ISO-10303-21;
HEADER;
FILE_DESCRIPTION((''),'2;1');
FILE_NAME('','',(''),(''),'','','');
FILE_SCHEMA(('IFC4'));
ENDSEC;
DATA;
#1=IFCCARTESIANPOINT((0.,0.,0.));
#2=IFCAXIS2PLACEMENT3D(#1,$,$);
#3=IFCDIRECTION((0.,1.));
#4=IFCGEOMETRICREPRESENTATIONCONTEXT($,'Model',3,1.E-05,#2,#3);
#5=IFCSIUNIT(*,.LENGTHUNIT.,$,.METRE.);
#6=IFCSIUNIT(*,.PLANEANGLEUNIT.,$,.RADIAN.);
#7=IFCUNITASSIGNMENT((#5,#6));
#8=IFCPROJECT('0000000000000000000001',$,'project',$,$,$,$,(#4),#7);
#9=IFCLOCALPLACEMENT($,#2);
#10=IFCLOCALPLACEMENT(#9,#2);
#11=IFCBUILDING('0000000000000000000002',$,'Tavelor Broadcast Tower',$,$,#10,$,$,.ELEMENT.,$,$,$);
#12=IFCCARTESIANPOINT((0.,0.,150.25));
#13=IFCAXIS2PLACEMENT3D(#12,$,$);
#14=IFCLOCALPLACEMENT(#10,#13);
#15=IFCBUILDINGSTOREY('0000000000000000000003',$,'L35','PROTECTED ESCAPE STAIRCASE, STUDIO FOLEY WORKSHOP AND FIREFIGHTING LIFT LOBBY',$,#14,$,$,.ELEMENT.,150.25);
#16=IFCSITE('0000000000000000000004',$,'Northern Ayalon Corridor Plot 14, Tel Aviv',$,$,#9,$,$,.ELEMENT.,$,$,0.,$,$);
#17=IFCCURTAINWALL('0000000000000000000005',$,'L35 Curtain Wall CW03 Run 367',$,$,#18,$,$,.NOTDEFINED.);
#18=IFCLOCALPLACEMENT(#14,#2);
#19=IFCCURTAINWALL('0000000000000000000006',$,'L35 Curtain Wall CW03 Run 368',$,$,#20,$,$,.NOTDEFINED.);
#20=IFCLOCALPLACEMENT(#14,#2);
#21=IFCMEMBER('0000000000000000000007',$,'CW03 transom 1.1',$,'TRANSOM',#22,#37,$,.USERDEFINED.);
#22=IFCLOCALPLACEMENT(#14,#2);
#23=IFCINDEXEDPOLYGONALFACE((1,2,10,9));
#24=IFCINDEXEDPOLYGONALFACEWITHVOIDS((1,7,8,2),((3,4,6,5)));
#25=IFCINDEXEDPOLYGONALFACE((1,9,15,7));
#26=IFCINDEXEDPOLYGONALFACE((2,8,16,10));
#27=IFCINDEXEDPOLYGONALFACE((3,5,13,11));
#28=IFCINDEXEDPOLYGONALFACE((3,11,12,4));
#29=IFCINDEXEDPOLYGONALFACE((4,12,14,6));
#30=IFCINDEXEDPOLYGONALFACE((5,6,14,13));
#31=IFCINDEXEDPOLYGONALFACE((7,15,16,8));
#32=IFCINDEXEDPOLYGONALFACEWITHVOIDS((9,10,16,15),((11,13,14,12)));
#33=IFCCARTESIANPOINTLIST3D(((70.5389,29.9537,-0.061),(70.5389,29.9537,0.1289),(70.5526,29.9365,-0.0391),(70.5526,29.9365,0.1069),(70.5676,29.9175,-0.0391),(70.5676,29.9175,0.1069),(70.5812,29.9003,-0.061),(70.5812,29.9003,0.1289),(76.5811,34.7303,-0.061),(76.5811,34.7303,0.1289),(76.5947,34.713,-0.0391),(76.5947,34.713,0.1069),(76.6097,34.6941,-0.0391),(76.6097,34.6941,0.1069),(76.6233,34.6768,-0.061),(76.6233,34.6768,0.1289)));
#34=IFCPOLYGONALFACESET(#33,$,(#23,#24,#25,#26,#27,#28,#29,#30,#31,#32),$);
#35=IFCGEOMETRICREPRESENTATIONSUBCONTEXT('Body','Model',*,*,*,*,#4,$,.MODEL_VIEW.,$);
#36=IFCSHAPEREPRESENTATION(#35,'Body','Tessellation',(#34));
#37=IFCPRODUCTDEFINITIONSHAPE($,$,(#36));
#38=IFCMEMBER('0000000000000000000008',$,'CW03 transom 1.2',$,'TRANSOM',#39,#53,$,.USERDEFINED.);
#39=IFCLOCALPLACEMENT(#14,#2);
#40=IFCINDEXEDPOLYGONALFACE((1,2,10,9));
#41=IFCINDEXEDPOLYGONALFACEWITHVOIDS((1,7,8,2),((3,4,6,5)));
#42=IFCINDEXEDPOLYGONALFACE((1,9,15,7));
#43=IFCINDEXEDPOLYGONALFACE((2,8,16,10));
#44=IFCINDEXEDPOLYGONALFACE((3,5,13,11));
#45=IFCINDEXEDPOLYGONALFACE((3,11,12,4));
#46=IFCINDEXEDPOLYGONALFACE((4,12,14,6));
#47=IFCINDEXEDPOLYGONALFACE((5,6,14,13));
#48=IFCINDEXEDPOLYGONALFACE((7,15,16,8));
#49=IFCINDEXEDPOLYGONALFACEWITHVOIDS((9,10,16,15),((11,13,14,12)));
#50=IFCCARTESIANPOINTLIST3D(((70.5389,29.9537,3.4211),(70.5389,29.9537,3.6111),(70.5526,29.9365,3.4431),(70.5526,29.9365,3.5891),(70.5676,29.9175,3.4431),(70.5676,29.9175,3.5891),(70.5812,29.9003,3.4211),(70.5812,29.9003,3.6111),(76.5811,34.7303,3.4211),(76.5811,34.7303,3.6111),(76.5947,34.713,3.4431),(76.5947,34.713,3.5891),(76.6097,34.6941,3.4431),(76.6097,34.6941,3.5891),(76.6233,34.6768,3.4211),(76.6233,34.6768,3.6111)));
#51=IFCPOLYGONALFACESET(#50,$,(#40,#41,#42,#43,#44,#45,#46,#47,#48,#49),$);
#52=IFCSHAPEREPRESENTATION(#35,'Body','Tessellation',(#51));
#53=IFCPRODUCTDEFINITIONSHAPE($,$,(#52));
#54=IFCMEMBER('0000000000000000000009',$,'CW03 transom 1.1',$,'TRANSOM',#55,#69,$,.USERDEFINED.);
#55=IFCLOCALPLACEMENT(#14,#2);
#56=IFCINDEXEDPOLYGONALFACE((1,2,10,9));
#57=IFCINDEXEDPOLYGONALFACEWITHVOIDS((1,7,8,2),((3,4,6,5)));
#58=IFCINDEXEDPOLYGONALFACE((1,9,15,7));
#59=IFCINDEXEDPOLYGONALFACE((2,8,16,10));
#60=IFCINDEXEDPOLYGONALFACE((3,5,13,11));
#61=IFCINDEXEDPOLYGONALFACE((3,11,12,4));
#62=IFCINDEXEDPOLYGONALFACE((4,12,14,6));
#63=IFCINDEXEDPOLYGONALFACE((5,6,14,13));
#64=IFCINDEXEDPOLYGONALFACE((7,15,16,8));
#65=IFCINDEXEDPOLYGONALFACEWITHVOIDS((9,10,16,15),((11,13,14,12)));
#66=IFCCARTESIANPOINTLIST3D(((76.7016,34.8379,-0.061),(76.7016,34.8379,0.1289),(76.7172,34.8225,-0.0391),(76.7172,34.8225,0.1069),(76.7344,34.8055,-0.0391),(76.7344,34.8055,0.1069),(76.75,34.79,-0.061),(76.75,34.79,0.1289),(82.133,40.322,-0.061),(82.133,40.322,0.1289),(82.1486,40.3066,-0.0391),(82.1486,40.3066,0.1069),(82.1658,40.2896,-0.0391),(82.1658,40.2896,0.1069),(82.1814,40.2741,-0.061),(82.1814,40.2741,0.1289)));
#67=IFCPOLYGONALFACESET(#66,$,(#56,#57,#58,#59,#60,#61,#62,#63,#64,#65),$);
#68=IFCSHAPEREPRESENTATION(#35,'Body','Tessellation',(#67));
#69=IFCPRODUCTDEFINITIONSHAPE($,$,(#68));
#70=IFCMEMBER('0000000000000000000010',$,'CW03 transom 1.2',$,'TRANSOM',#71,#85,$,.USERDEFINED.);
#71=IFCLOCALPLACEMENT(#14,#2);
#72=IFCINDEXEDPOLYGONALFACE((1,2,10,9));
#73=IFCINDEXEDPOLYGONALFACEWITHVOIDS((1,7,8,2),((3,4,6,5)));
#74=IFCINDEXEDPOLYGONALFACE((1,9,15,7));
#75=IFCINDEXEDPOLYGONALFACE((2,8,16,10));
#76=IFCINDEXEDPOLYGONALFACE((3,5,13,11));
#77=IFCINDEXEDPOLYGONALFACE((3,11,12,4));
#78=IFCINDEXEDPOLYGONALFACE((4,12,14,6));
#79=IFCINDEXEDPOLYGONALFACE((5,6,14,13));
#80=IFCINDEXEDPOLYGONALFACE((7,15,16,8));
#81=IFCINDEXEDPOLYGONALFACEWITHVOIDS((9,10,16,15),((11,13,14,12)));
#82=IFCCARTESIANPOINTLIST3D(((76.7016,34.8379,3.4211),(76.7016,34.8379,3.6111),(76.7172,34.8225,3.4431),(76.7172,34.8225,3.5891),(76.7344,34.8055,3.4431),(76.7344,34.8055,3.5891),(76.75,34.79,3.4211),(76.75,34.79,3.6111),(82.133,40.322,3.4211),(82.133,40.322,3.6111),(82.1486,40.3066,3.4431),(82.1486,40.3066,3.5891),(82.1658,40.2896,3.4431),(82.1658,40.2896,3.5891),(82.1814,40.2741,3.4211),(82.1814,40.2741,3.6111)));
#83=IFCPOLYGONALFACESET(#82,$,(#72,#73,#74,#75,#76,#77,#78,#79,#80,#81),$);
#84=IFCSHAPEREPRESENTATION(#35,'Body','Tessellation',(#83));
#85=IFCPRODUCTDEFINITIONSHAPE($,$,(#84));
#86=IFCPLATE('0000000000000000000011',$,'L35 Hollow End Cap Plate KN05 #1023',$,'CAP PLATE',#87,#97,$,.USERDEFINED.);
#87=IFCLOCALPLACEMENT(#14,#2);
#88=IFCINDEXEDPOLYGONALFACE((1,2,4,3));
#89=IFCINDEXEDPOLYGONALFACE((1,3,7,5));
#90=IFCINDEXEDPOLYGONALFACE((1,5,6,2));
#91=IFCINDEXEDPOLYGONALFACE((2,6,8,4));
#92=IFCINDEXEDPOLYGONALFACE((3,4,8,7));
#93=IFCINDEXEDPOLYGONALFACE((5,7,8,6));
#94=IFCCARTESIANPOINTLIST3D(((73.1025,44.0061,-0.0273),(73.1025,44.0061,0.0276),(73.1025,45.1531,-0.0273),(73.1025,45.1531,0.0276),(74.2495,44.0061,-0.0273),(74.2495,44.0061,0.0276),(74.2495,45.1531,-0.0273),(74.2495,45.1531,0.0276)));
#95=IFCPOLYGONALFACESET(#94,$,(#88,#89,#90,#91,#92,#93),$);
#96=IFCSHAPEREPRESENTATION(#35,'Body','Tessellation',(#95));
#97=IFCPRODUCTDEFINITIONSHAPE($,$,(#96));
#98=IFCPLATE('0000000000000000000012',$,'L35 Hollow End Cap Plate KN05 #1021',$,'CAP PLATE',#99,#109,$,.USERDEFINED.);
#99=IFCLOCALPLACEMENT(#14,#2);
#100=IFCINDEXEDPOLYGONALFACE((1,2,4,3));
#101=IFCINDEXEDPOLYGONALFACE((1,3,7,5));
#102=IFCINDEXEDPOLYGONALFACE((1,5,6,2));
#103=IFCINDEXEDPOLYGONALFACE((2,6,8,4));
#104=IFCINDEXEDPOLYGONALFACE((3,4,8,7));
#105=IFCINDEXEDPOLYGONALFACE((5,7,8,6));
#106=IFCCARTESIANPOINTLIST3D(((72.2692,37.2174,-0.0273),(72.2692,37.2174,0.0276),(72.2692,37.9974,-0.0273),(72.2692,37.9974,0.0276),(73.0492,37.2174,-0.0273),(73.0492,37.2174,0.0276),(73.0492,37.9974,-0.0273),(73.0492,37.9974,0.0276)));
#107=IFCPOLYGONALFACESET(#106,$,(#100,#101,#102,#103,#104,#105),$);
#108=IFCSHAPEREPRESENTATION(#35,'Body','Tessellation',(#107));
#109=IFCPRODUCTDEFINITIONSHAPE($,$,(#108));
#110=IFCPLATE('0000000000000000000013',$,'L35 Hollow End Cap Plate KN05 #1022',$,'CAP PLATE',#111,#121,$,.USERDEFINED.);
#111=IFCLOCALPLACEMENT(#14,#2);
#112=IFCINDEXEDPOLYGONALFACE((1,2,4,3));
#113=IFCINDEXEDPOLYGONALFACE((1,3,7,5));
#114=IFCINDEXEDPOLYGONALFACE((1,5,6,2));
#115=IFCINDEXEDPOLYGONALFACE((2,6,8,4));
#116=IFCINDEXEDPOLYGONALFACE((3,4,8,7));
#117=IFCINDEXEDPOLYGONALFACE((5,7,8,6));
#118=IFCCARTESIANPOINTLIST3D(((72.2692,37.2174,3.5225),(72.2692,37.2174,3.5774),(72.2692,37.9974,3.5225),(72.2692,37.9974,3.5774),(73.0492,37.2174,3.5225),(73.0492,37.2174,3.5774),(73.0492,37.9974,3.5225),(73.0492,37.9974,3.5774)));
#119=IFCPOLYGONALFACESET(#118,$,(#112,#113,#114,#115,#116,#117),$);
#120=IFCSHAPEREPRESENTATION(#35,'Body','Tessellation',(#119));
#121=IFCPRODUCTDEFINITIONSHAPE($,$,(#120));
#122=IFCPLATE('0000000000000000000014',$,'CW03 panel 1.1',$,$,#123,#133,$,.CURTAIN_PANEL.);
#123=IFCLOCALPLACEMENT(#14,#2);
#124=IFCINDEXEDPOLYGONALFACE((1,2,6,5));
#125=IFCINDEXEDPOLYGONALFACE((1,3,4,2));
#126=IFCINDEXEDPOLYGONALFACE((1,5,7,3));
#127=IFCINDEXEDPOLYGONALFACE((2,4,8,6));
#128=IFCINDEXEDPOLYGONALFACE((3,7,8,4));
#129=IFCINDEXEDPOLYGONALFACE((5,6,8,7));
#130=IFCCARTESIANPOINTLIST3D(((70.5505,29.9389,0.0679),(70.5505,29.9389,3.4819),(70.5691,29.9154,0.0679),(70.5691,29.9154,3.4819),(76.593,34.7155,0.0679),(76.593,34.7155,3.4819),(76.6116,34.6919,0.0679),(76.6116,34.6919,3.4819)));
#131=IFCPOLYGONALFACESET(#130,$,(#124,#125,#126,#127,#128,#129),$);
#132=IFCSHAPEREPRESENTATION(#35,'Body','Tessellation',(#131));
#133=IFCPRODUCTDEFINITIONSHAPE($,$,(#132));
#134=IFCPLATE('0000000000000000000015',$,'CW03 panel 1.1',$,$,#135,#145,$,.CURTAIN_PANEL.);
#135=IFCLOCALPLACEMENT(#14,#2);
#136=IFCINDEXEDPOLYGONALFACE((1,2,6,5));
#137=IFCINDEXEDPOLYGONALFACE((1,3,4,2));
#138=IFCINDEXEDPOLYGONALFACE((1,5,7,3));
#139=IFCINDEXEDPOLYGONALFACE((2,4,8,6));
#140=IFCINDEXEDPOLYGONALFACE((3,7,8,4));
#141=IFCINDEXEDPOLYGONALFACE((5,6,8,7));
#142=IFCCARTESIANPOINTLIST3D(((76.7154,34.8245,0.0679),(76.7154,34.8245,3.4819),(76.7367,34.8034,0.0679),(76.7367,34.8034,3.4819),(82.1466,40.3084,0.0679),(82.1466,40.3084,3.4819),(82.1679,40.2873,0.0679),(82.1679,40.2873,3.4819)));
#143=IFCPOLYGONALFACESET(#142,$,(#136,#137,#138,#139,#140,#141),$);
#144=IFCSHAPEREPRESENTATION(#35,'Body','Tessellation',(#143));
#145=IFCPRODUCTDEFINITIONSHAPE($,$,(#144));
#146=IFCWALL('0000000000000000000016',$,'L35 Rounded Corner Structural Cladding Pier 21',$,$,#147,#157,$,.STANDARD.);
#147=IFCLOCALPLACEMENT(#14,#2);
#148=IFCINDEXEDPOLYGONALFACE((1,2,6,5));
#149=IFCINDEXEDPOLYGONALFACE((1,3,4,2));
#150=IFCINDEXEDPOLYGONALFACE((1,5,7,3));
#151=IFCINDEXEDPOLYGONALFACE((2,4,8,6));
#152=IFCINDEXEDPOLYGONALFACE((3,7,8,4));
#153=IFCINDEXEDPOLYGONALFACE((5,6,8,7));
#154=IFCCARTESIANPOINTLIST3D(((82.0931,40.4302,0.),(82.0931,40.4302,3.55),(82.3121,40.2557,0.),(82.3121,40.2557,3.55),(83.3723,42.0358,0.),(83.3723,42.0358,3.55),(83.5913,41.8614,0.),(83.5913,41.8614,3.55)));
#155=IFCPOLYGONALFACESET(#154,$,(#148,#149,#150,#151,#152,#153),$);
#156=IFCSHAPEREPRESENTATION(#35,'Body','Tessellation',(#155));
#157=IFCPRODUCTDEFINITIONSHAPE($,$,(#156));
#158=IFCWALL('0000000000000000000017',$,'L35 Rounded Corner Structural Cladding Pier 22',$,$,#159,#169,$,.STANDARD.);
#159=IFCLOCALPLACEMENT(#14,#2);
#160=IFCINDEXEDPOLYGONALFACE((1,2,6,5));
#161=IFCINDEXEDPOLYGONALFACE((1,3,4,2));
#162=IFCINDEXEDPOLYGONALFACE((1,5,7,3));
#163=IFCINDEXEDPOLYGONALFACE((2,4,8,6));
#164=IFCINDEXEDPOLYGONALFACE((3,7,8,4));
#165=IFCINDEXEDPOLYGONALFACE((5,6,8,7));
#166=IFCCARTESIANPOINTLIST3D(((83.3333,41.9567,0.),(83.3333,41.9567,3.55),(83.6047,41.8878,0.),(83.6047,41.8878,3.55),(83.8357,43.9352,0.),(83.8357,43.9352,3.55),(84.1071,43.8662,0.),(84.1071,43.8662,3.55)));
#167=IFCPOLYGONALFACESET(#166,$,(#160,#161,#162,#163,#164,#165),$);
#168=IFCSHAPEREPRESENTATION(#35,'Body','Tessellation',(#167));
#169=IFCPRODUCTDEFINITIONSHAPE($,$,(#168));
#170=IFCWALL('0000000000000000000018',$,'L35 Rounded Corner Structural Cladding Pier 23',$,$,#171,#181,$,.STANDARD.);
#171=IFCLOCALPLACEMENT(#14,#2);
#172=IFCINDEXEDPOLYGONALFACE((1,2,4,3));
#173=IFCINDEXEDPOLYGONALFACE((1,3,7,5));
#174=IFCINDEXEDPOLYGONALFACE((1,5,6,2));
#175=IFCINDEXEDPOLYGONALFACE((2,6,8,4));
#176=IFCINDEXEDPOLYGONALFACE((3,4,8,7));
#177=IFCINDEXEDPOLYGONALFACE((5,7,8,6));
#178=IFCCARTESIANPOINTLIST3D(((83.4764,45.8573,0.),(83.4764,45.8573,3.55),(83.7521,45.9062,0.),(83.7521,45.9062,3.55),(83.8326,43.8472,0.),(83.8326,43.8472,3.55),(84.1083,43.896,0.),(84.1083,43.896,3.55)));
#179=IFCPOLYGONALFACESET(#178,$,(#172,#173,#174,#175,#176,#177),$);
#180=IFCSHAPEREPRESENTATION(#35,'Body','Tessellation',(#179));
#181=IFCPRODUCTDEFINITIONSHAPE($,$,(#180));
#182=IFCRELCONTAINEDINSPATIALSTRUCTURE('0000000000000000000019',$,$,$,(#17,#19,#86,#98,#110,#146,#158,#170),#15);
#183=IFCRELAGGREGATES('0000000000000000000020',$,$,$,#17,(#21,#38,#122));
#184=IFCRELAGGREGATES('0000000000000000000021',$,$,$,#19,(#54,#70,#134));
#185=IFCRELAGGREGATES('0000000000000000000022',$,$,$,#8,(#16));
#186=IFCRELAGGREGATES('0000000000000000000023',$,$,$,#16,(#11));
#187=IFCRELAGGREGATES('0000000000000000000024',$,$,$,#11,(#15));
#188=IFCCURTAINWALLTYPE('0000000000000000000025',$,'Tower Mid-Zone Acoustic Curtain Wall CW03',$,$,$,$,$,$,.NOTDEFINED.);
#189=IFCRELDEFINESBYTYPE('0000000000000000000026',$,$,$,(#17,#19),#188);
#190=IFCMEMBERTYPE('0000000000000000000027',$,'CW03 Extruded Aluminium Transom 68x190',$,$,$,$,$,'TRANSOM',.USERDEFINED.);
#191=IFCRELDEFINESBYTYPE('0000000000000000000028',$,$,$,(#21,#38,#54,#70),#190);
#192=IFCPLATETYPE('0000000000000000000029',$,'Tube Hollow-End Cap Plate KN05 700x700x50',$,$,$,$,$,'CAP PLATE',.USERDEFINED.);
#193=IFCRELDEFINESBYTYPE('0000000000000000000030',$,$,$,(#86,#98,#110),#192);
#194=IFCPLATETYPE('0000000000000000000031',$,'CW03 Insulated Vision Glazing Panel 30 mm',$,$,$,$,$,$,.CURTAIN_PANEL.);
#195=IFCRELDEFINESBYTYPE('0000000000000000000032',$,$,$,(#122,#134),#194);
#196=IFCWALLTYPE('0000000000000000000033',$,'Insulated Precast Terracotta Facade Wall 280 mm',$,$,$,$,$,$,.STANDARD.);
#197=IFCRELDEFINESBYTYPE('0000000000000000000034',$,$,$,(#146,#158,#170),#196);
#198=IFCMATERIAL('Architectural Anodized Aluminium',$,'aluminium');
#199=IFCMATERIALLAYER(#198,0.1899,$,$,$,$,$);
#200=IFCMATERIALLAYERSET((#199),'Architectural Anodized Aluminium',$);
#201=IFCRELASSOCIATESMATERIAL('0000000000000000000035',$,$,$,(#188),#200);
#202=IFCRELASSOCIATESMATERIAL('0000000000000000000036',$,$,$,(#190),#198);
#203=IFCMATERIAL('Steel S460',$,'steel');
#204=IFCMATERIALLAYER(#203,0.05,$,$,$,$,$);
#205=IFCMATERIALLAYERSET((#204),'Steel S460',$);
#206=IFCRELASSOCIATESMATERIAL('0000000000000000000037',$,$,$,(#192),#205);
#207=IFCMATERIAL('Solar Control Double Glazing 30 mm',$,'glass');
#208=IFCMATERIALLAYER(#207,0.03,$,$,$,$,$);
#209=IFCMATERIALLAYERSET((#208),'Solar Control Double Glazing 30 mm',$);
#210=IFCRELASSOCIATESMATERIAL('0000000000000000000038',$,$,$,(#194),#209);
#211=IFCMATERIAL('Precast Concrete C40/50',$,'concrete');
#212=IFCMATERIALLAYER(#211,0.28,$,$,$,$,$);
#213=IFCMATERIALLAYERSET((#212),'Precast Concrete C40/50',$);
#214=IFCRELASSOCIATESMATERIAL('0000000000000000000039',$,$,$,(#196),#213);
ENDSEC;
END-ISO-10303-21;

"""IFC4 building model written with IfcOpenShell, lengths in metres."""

from ifc_helpers import new_model, si_unit, direction, frame, frame_2d, origin, origin_2d, place, context, subcontext, project, spatial, rectangle, hollow_rectangle, extrude, source, transform, mapped, material, layer, layer_set, material_profile, profile_set, type_object, type_shapes, element, aggregate, save


model = new_model("IFC4")

# Units and contexts
model_context = context("Model", 3, precision=1e-05, world=origin(), true_north=direction((0.0, 1.0)))
body_context = subcontext(model_context, "Body", "Model", "MODEL_VIEW")
ifc_project = project(units=[si_unit("LENGTHUNIT", "METRE"), si_unit("PLANEANGLEUNIT", "RADIAN")], contexts=[model_context])

# Site, building, storey
site_placement = place(None, origin())
site = spatial("IfcSite", under=ifc_project, at=site_placement, Name="Northern Ayalon Corridor Plot 14, Tel Aviv", CompositionType="ELEMENT", RefElevation=0.0)
building_placement = place(site_placement, origin())
building = spatial("IfcBuilding", under=site, at=building_placement, Name="Tavelor Broadcast Tower", CompositionType="ELEMENT")
storey_placement = place(building_placement, frame((0.0, 0.0, 150.25)))
storey = spatial("IfcBuildingStorey", under=building, at=storey_placement, Name="L35", Description="PROTECTED ESCAPE STAIRCASE, STUDIO FOLEY WORKSHOP AND FIREFIGHTING LIFT LOBBY", CompositionType="ELEMENT", Elevation=150.25)

# Shared definitions
ifc_material_1 = material(Name="Steel S460", Category="steel")

# Curtain wall
ifc_material_2 = material(Name="Architectural Anodized Aluminium", Category="aluminium")
ifc_layer_1 = layer(ifc_material_2, 0.1899)
ifc_layer_set_1 = layer_set([ifc_layer_1], Name="Architectural Anodized Aluminium")
curtain_wall_type = type_object("IfcCurtainWallType", Name="Tower Mid-Zone Acoustic Curtain Wall CW03", PredefinedType="NOTDEFINED", material=ifc_layer_set_1)
curtain_wall_1_placement = place(storey_placement, origin())
curtain_wall_1 = element("IfcCurtainWall", 1, at=curtain_wall_1_placement, inside=storey, type_object=curtain_wall_type, Name="L35 Curtain Wall CW03 Run 367", PredefinedType="NOTDEFINED")

# Curtain wall
curtain_wall_2_placement = place(storey_placement, origin())
curtain_wall_2 = element("IfcCurtainWall", 2, at=curtain_wall_2_placement, inside=storey, type_object=curtain_wall_type, Name="L35 Curtain Wall CW03 Run 368", PredefinedType="NOTDEFINED")

# Members
ifc_material_profile_1 = material_profile(ifc_material_2, hollow_rectangle(XDim=0.0681, YDim=0.1899, WallThickness=0.022, at=origin_2d()), Name="RHS 68x190x22")
ifc_profile_set_1 = profile_set([ifc_material_profile_1], Name="Architectural Anodized Aluminium")
member_type_1 = type_object("IfcMemberType", Name="CW03 Extruded Aluminium Transom 68x190", ElementType="TRANSOM", PredefinedType="USERDEFINED", material=ifc_profile_set_1)
shared_shape_1 = source(origin(), body_context, "Body", "SweptSolid", [
    extrude(hollow_rectangle(XDim=0.0681, YDim=0.1899, WallThickness=0.022, at=origin_2d()), origin(), (0.0, 0.0, 1.0), 7.7021),
])
member_1_placement = place(storey_placement, frame((70.5601, 29.927, 0.0339), z_axis=(0.784477, 0.620158, 0.0), x_axis=(-0.620158, 0.784477, 0.0)))
member_1 = element("IfcMember", 3, at=member_1_placement, type_object=member_type_1, Name="CW03 transom 1.1", ObjectType="TRANSOM", PredefinedType="USERDEFINED", context=body_context, shape_type="MappedRepresentation", body=[
    mapped(shared_shape_1, transform((0.0, 0.0, 0.0), scale=1.0)),
])
member_2_placement = place(storey_placement, frame((70.5601, 29.927, 3.5161), z_axis=(0.784477, 0.620158, 0.0), x_axis=(-0.620158, 0.784477, 0.0)))
member_2 = element("IfcMember", 4, at=member_2_placement, type_object=member_type_1, Name="CW03 transom 1.2", ObjectType="TRANSOM", PredefinedType="USERDEFINED", context=body_context, shape_type="MappedRepresentation", body=[
    mapped(shared_shape_1, transform((0.0, 0.0, 0.0), scale=1.0)),
])
shared_shape_2 = source(origin(), body_context, "Body", "SweptSolid", [
    extrude(hollow_rectangle(XDim=0.0681, YDim=0.1899, WallThickness=0.022, at=origin_2d()), origin(), (0.0, 0.0, 1.0), 7.7185),
])
type_shapes(member_type_1, [shared_shape_1, shared_shape_2])
member_3_placement = place(storey_placement, frame((76.7258, 34.814, 0.0339), z_axis=(0.703682, 0.710515, 0.0), x_axis=(-0.710515, 0.703682, 0.0)))
member_3 = element("IfcMember", 5, at=member_3_placement, type_object=member_type_1, Name="CW03 transom 1.1", ObjectType="TRANSOM", PredefinedType="USERDEFINED", context=body_context, shape_type="MappedRepresentation", body=[
    mapped(shared_shape_2, transform((0.0, 0.0, 0.0), scale=1.0)),
])
member_4_placement = place(storey_placement, frame((76.7258, 34.814, 3.5161), z_axis=(0.703682, 0.710515, 0.0), x_axis=(-0.710515, 0.703682, 0.0)))
member_4 = element("IfcMember", 6, at=member_4_placement, type_object=member_type_1, Name="CW03 transom 1.2", ObjectType="TRANSOM", PredefinedType="USERDEFINED", context=body_context, shape_type="MappedRepresentation", body=[
    mapped(shared_shape_2, transform((0.0, 0.0, 0.0), scale=1.0)),
])

# Plates
ifc_layer_2 = layer(ifc_material_1, 0.05)
ifc_layer_set_2 = layer_set([ifc_layer_2], Name="Steel S460")
plate_type_1 = type_object("IfcPlateType", Name="Tube Hollow-End Cap Plate KN05 700x700x50", ElementType="CAP PLATE", PredefinedType="USERDEFINED", material=ifc_layer_set_2)
shared_shape_3 = source(origin(), body_context, "Body", "SweptSolid", [
    extrude(rectangle(XDim=1.147, YDim=1.147, at=origin_2d()), origin(), (0.0, 0.0, 1.0), 0.0549),
])
plate_1_placement = place(storey_placement, frame((73.676, 44.5796, -0.0273), z_axis=(0.0, 0.0, 1.0), x_axis=(1.0, 0.0, 0.0)))
element("IfcPlate", 7, at=plate_1_placement, inside=storey, type_object=plate_type_1, Name="L35 Hollow End Cap Plate KN05 #1023", ObjectType="CAP PLATE", PredefinedType="USERDEFINED", context=body_context, shape_type="MappedRepresentation", body=[
    mapped(shared_shape_3, transform((0.0, 0.0, 0.0), scale=1.0)),
])
shared_shape_4 = source(origin(), body_context, "Body", "SweptSolid", [
    extrude(rectangle(XDim=0.78, YDim=0.78, at=origin_2d()), origin(), (0.0, 0.0, 1.0), 0.0549),
])
type_shapes(plate_type_1, [shared_shape_3, shared_shape_4])
for number, where, z_axis, x_axis, name in (
    (8, (72.6592, 37.6074, -0.0273), (0.0, 0.0, 1.0), (1.0, 0.0, 0.0), "L35 Hollow End Cap Plate KN05 #1021"),
    (9, (72.6592, 37.6074, 3.5225), (0.0, 0.0, 1.0), (1.0, 0.0, 0.0), "L35 Hollow End Cap Plate KN05 #1022"),
):
    element("IfcPlate", number, at=place(storey_placement, frame(where, z_axis=z_axis, x_axis=x_axis)), inside=storey, type_object=plate_type_1, Name=name, ObjectType="CAP PLATE", PredefinedType="USERDEFINED", context=body_context, shape_type="MappedRepresentation", body=[
        mapped(shared_shape_4, transform((0.0, 0.0, 0.0), scale=1.0)),
    ])

# Plates
ifc_material_3 = material(Name="Solar Control Double Glazing 30 mm", Category="glass")
ifc_layer_3 = layer(ifc_material_3, 0.03)
ifc_layer_set_3 = layer_set([ifc_layer_3], Name="Solar Control Double Glazing 30 mm")
plate_type_2 = type_object("IfcPlateType", Name="CW03 Insulated Vision Glazing Panel 30 mm", PredefinedType="CURTAIN_PANEL", material=ifc_layer_set_3)
shared_shape_5 = source(origin(), body_context, "Body", "SweptSolid", [
    extrude(rectangle(XDim=7.7024, YDim=0.03, at=origin_2d()), origin(), (0.0, 0.0, 1.0), 3.4141),
])
plate_2_placement = place(storey_placement, frame((73.5811, 32.3154, 0.0679), z_axis=(0.0, 0.0, 1.0), x_axis=(0.784489, 0.620143, 0.0)))
plate_2 = element("IfcPlate", 10, at=plate_2_placement, type_object=plate_type_2, Name="CW03 panel 1.1", PredefinedType="CURTAIN_PANEL", context=body_context, shape_type="MappedRepresentation", body=[
    mapped(shared_shape_5, transform((0.0, 0.0, 0.0), scale=1.0)),
])
aggregate(curtain_wall_1, [member_1, member_2, plate_2])
shared_shape_6 = source(origin(), body_context, "Body", "SweptSolid", [
    extrude(rectangle(XDim=7.7183, YDim=0.03, at=origin_2d()), origin(), (0.0, 0.0, 1.0), 3.4141),
])
type_shapes(plate_type_2, [shared_shape_5, shared_shape_6])
plate_3_placement = place(storey_placement, frame((79.4417, 37.5559, 0.0679), z_axis=(0.0, 0.0, 1.0), x_axis=(0.703686, 0.710511, 0.0)))
plate_3 = element("IfcPlate", 11, at=plate_3_placement, type_object=plate_type_2, Name="CW03 panel 1.1", PredefinedType="CURTAIN_PANEL", context=body_context, shape_type="MappedRepresentation", body=[
    mapped(shared_shape_6, transform((0.0, 0.0, 0.0), scale=1.0)),
])
aggregate(curtain_wall_2, [member_3, member_4, plate_3])

# Walls
ifc_material_4 = material(Name="Precast Concrete C40/50", Category="concrete")
ifc_layer_4 = layer(ifc_material_4, 0.28)
ifc_layer_set_4 = layer_set([ifc_layer_4], Name="Precast Concrete C40/50")
wall_type_1 = type_object("IfcWallType", Name="Insulated Precast Terracotta Facade Wall 280 mm", PredefinedType="STANDARD", material=ifc_layer_set_4)
wall_1_placement = place(storey_placement, frame((82.2026, 40.343, 0.0), z_axis=(0.0, 0.0, 1.0), x_axis=(0.623128, 0.78212, 0.0)))
element("IfcWall", 12, at=wall_1_placement, inside=storey, type_object=wall_type_1, Name="L35 Rounded Corner Structural Cladding Pier 21", PredefinedType="STANDARD", context=body_context, shape_type="SweptSolid", body=[
    extrude(rectangle(XDim=2.053, YDim=0.28, at=frame_2d((1.0264, 0.0))), origin(), (0.0, 0.0, 1.0), 3.55),
])
wall_2_placement = place(storey_placement, frame((83.469, 41.9224, 0.0), z_axis=(0.0, 0.0, 1.0), x_axis=(0.246136, 0.969235, 0.0)))
element("IfcWall", 13, at=wall_2_placement, inside=storey, type_object=wall_type_1, Name="L35 Rounded Corner Structural Cladding Pier 22", PredefinedType="STANDARD", context=body_context, shape_type="SweptSolid", body=[
    extrude(rectangle(XDim=2.0413, YDim=0.28, at=frame_2d((1.0205, 0.0))), origin(), (0.0, 0.0, 1.0), 3.55),
])
wall_3_placement = place(storey_placement, frame((83.9705, 43.8716, 0.0), z_axis=(0.0, 0.0, 1.0), x_axis=(-0.174474, 0.984662, 0.0)))
element("IfcWall", 14, at=wall_3_placement, inside=storey, type_object=wall_type_1, Name="L35 Rounded Corner Structural Cladding Pier 23", PredefinedType="STANDARD", context=body_context, shape_type="SweptSolid", body=[
    extrude(rectangle(XDim=2.0415, YDim=0.28, at=frame_2d((1.0208, 0.0))), origin(), (0.0, 0.0, 1.0), 3.55),
])

save(model, "model.ifc")
